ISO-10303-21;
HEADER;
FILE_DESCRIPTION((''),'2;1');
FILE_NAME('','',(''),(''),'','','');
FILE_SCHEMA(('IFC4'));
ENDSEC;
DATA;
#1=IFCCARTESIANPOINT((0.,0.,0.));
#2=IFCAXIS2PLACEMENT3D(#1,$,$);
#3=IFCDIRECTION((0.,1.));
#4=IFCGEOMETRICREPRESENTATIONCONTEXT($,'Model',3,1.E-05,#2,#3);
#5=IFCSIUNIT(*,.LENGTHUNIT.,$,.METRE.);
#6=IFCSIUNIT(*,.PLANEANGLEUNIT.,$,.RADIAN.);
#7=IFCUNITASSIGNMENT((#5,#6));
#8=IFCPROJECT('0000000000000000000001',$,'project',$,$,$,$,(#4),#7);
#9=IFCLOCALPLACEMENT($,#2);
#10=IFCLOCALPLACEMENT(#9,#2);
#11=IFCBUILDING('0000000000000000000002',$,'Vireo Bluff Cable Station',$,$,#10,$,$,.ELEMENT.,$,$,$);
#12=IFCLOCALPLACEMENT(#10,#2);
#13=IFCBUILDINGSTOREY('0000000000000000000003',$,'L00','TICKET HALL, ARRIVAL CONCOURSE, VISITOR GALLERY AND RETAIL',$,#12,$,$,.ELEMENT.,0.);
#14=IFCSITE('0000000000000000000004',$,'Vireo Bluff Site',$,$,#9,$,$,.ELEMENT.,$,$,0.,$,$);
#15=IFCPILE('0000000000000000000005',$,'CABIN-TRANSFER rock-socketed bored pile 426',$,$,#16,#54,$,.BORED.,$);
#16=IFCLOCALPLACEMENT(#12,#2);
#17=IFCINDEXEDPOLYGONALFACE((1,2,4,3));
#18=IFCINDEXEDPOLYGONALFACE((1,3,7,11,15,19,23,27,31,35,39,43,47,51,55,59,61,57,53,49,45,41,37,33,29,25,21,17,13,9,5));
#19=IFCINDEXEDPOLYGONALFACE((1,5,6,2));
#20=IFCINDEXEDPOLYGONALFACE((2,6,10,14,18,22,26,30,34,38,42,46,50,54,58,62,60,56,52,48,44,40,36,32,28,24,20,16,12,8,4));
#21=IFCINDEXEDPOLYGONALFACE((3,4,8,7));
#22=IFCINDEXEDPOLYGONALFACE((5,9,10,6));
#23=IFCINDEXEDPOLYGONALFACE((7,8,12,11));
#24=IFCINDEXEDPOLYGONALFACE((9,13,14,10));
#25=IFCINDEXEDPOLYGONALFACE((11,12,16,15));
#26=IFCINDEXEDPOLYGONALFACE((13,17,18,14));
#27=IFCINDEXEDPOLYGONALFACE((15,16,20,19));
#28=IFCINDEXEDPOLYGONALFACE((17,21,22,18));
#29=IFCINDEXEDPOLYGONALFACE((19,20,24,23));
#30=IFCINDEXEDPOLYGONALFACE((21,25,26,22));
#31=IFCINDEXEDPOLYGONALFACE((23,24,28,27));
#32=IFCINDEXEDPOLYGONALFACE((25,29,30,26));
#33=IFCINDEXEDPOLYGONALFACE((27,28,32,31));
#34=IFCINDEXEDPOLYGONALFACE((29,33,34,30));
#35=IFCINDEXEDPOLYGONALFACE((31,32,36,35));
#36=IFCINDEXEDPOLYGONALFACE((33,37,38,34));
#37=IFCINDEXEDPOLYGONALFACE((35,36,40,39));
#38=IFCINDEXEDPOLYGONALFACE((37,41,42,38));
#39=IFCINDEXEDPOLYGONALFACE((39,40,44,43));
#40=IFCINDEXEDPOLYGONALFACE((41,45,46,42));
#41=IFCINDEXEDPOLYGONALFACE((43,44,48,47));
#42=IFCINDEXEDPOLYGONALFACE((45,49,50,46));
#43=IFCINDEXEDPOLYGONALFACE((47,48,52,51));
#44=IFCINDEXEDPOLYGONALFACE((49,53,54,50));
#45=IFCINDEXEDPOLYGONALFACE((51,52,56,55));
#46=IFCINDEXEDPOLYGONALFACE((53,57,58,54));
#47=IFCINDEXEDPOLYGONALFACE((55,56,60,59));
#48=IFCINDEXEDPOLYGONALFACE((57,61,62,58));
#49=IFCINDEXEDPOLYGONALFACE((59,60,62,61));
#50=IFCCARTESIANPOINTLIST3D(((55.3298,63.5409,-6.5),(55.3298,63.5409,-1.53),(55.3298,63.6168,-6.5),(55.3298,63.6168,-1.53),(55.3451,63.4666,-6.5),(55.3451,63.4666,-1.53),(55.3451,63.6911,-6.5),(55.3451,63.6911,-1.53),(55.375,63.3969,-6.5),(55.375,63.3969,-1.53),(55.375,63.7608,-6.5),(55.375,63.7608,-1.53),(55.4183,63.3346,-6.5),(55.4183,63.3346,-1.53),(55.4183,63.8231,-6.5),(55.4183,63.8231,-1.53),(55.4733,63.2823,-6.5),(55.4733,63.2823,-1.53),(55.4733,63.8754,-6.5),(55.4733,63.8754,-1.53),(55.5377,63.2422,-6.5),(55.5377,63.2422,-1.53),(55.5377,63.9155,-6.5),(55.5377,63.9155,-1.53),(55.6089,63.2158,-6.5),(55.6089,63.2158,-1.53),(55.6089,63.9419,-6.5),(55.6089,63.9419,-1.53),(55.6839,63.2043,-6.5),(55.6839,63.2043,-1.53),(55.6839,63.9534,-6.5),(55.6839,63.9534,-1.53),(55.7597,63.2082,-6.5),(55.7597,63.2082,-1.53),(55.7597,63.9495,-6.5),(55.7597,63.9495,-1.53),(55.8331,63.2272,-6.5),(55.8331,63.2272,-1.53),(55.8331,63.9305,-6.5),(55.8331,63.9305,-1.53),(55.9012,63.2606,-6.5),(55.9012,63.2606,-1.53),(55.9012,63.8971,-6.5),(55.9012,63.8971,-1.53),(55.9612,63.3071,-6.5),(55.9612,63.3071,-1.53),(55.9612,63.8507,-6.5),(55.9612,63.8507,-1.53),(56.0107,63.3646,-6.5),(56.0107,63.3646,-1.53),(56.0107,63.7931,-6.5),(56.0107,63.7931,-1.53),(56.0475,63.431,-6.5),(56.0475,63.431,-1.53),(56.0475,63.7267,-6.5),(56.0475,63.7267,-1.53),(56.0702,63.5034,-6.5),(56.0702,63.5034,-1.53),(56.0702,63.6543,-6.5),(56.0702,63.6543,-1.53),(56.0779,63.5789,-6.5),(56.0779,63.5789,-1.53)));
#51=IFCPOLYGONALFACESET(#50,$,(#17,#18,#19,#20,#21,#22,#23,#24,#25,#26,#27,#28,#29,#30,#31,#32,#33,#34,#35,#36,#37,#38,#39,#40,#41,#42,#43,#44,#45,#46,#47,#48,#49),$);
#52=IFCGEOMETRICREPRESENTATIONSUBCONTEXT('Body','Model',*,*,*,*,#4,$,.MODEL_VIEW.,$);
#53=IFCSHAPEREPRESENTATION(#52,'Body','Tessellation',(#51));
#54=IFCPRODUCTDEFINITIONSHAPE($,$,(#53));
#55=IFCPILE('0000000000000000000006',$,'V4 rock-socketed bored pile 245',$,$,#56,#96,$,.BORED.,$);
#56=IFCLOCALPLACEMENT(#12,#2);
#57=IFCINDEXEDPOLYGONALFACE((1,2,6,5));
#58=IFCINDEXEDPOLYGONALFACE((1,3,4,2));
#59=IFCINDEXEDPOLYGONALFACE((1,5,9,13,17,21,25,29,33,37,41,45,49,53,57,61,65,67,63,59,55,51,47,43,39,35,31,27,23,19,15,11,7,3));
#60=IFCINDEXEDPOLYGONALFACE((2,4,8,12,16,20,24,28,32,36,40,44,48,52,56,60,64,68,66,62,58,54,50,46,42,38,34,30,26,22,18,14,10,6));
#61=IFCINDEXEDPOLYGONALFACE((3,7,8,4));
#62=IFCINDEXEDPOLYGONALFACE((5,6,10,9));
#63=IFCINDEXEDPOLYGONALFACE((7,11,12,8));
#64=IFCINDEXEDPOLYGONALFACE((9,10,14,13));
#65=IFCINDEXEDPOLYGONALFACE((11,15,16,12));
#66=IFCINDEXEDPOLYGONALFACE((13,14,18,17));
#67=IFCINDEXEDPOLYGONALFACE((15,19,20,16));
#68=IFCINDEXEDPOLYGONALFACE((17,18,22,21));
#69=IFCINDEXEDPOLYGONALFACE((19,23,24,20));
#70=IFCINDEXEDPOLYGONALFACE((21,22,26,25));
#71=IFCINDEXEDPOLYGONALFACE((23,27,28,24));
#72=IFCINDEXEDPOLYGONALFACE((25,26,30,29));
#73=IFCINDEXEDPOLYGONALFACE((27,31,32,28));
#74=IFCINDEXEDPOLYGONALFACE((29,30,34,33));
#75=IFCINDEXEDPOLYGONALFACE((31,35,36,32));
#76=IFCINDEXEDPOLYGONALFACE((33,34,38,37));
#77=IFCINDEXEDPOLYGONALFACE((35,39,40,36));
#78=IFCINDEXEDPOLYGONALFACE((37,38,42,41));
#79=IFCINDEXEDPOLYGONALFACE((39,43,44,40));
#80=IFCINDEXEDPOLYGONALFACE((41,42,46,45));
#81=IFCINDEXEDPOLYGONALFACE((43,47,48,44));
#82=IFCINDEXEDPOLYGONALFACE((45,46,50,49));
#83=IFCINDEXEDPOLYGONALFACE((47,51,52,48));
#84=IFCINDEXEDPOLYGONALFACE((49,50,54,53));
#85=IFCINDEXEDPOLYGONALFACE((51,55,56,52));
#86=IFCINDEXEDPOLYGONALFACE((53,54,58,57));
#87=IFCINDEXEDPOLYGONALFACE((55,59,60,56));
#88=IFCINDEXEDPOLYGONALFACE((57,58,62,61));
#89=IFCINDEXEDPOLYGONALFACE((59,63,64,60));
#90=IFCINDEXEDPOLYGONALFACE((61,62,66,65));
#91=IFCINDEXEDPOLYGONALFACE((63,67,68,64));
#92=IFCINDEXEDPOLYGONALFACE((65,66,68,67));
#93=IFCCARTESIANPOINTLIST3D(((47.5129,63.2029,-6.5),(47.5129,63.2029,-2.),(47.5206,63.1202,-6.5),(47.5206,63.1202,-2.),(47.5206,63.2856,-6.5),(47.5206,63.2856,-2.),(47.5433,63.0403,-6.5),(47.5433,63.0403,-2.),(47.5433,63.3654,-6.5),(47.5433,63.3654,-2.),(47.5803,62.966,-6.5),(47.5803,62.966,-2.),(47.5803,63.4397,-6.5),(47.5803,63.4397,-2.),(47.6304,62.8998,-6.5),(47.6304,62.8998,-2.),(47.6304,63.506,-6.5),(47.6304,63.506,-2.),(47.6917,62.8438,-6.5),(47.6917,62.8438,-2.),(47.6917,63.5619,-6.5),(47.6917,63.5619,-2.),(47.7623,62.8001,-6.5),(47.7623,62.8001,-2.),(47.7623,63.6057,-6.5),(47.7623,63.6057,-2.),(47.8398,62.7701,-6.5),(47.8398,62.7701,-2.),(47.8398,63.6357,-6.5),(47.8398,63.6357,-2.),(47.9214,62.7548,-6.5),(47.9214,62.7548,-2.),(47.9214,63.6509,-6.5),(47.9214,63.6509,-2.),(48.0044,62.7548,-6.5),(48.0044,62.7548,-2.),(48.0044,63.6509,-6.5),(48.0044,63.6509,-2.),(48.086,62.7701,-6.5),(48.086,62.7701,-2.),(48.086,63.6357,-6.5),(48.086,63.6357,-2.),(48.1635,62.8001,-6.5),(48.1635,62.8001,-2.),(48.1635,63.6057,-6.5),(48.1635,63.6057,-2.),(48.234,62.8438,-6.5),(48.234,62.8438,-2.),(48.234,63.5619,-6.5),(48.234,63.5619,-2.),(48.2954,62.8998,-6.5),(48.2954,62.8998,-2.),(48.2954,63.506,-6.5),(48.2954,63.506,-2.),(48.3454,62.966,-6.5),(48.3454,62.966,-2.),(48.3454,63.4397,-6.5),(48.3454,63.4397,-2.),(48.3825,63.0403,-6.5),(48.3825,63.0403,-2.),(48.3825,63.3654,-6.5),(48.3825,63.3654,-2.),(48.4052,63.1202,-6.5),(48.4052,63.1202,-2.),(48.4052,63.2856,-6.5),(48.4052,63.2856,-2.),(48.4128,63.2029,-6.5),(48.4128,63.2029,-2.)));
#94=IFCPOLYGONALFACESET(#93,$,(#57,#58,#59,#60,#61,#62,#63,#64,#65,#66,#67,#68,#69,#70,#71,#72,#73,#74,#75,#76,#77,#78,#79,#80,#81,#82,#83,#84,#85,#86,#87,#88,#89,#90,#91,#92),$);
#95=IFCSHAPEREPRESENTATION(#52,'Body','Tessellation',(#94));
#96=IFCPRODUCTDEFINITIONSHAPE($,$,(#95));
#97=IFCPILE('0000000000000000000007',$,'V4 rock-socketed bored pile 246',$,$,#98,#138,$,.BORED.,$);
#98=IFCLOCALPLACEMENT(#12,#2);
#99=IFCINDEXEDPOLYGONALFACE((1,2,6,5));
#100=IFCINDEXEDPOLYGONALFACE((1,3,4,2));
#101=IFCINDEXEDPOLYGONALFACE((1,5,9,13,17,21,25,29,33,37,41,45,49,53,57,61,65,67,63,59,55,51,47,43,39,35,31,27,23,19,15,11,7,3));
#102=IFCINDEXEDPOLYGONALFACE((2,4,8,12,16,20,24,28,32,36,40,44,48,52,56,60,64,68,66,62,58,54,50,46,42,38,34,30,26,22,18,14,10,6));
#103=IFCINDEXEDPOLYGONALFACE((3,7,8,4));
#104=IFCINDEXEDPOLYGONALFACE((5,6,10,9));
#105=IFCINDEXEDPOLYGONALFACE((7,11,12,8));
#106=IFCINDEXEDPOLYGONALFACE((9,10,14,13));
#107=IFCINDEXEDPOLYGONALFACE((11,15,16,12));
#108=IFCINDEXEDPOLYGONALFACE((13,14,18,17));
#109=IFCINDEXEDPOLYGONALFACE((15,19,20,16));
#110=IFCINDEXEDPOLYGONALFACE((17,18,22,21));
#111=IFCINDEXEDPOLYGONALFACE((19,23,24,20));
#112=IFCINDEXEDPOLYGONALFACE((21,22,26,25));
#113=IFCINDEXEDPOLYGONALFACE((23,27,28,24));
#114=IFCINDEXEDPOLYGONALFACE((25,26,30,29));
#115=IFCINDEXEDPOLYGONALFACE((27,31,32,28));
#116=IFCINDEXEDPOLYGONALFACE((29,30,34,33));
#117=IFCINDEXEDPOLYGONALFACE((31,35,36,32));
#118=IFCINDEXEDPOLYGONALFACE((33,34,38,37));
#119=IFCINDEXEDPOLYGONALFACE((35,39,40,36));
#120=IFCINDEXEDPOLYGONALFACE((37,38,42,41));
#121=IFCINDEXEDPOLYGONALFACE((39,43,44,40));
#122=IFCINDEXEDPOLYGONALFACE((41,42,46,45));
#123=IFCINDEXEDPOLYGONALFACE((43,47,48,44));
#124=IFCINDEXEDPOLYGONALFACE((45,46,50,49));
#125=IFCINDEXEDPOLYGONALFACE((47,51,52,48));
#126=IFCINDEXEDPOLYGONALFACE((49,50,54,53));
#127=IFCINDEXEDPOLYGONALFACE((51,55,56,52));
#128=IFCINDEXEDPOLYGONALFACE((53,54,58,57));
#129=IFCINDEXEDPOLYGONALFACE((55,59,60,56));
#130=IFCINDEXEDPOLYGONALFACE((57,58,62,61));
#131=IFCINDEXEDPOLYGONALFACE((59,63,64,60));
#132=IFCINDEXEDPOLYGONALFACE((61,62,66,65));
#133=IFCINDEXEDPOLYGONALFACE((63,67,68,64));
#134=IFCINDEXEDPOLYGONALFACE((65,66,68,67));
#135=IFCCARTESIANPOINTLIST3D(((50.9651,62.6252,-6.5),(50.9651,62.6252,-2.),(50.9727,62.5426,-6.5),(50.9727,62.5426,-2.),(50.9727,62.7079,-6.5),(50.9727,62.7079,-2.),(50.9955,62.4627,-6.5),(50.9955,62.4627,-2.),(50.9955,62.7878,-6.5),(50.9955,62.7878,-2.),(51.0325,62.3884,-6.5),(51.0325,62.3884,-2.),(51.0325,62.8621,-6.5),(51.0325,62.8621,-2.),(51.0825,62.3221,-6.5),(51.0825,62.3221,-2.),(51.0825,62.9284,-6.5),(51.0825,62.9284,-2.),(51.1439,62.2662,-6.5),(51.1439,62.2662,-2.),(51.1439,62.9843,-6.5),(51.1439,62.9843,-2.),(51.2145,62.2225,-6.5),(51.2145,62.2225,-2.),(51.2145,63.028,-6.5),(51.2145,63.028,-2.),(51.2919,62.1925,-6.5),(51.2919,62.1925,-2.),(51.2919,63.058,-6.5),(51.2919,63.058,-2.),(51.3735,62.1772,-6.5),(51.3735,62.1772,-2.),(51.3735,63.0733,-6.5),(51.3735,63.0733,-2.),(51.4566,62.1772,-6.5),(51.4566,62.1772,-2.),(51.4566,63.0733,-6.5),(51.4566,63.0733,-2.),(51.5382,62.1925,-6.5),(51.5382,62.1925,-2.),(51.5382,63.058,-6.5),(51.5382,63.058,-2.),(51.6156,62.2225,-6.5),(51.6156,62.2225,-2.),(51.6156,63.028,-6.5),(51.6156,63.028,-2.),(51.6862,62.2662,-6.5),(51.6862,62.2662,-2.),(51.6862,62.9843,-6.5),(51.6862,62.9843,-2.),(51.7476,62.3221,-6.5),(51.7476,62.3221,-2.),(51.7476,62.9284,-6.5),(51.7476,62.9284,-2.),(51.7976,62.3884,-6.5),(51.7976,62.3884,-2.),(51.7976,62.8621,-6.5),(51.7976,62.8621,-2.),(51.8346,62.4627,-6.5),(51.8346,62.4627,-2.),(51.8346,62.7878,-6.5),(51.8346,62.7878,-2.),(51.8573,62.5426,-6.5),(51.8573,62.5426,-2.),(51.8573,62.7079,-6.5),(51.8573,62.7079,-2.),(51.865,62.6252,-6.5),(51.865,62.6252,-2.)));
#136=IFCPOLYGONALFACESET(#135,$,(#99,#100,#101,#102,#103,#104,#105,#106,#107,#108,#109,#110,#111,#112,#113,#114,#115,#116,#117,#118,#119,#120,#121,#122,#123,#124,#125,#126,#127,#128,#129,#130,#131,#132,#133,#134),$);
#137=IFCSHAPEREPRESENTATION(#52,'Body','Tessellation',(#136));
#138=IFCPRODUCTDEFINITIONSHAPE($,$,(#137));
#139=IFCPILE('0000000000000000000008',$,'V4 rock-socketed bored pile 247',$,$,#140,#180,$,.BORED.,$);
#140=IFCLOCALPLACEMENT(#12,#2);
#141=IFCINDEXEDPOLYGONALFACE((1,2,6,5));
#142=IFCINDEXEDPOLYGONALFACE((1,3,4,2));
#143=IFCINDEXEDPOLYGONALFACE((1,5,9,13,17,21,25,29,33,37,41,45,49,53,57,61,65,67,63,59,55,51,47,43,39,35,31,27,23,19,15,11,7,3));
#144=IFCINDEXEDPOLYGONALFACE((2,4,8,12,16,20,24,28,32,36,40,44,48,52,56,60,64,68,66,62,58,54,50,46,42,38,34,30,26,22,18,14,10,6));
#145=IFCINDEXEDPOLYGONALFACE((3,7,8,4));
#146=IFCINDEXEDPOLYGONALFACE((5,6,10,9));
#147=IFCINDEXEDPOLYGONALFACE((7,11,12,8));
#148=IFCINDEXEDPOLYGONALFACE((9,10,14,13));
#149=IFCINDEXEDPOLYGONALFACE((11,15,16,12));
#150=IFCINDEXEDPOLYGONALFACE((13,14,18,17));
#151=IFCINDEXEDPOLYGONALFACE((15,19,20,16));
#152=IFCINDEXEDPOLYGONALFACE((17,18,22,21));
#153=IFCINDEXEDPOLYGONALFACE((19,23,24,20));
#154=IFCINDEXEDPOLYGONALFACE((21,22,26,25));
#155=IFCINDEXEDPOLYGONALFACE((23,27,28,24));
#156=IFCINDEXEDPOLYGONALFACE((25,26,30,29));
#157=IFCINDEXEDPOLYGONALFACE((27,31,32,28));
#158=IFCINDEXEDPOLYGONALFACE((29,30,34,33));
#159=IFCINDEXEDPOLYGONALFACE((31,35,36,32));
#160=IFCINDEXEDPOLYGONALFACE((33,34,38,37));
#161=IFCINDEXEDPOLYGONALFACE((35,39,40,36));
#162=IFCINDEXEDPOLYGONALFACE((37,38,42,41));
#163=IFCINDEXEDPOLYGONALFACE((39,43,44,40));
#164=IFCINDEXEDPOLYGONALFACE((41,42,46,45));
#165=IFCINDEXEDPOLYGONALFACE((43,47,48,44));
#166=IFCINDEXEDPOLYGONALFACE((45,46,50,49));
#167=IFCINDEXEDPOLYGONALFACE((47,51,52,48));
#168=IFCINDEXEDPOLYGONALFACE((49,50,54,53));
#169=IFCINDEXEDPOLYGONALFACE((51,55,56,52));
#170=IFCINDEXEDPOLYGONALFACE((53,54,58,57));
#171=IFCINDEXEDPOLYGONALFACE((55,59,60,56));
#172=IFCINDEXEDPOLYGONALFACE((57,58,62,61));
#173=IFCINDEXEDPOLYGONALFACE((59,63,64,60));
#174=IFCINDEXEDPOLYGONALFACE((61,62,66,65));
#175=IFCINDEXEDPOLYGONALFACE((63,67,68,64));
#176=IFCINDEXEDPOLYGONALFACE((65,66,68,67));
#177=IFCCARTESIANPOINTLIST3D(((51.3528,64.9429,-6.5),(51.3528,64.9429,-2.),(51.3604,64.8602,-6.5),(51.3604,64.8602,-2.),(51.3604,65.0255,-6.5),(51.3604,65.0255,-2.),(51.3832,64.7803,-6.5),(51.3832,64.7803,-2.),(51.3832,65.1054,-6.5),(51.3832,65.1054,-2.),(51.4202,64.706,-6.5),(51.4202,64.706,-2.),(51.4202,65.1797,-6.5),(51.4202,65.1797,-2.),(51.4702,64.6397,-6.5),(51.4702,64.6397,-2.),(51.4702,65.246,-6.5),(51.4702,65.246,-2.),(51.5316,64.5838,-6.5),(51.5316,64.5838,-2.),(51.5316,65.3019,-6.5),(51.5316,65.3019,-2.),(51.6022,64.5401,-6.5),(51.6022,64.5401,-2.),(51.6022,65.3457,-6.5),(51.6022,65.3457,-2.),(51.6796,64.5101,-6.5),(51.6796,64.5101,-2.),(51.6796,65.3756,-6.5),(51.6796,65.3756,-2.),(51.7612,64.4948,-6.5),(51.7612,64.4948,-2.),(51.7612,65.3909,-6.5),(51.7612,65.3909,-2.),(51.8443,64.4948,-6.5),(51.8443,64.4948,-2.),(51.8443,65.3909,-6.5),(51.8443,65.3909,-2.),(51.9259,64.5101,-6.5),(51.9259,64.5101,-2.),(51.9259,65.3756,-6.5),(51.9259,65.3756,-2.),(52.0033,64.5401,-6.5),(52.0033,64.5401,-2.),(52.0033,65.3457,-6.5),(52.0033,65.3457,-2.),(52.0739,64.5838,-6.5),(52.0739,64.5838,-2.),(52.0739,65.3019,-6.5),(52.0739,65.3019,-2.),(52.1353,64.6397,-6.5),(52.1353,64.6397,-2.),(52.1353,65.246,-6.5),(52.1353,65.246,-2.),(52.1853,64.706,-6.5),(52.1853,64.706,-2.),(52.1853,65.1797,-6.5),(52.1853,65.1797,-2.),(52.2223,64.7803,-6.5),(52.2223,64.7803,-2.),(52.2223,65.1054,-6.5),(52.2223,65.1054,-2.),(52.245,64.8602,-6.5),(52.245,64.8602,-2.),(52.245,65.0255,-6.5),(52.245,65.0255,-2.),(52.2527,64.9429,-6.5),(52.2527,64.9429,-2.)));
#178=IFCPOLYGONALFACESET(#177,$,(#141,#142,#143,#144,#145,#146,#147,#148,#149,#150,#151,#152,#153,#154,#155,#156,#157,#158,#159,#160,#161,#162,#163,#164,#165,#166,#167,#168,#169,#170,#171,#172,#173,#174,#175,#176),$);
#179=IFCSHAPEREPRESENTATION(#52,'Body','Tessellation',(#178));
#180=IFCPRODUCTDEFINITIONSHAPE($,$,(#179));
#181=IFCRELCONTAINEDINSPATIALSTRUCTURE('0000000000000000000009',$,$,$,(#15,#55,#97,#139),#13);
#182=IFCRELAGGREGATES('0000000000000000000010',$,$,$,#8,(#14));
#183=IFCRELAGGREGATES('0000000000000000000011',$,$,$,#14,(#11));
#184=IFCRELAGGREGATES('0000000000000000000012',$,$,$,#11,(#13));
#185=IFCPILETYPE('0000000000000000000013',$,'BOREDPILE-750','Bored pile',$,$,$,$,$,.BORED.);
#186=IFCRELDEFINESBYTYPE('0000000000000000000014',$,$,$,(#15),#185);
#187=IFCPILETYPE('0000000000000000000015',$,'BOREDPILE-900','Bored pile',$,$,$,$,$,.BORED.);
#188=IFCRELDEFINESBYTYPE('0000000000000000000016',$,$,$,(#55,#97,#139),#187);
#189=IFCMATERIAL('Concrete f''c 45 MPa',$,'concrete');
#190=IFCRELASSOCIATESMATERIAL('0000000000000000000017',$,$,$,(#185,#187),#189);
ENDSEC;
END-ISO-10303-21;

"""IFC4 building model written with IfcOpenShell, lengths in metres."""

from ifc_helpers import new_model, si_unit, direction, frame, origin, origin_2d, place, context, subcontext, project, spatial, circle, extrude, material, material_profile, profile_set, type_object, element, save


model = new_model("IFC4")

# Units and contexts
model_context = context("Model", 3, precision=1e-05, world=origin(), true_north=direction((0.0, 1.0)))
body_context = subcontext(model_context, "Body", "Model", "MODEL_VIEW")
ifc_project = project(units=[si_unit("LENGTHUNIT", "METRE"), si_unit("PLANEANGLEUNIT", "RADIAN")], contexts=[model_context])

# Site, building, storey
site_placement = place(None, origin())
site = spatial("IfcSite", under=ifc_project, at=site_placement, Name="Vireo Bluff Site", CompositionType="ELEMENT", RefElevation=0.0)
building_placement = place(site_placement, origin())
building = spatial("IfcBuilding", under=site, at=building_placement, Name="Vireo Bluff Cable Station", CompositionType="ELEMENT")
storey_placement = place(building_placement, origin())
storey = spatial("IfcBuildingStorey", under=building, at=storey_placement, Name="L00", Description="TICKET HALL, ARRIVAL CONCOURSE, VISITOR GALLERY AND RETAIL", CompositionType="ELEMENT", Elevation=0.0)

# Piles
ifc_material_1 = material(Name="Concrete f'c 45 MPa", Category="concrete")
ifc_material_profile_1 = material_profile(ifc_material_1, circle(Radius=0.375, at=origin_2d()), Name="BOREDPILE-750")
ifc_profile_set_1 = profile_set([ifc_material_profile_1], Name="Concrete f'c 45 MPa")
pile_type_1 = type_object("IfcPileType", Name="BOREDPILE-750", Description="Bored pile", PredefinedType="BORED", material=ifc_profile_set_1)
for number, where, z_axis, x_axis, name in (
    (1, (55.7029, 63.5789, -1.53), (0.0, 0.0, -1.0), (1.0, 0.0, 0.0), "CABIN-TRANSFER rock-socketed bored pile 426"),
):
    element("IfcPile", number, at=place(storey_placement, frame(where, z_axis=z_axis, x_axis=x_axis)), inside=storey, type_object=pile_type_1, Name=name, PredefinedType="BORED", context=body_context, shape_type="SweptSolid", body=[
        extrude(circle(Radius=0.375, at=origin_2d()), origin(), (0.0, 0.0, 1.0), 4.97),
    ])
ifc_material_profile_2 = material_profile(ifc_material_1, circle(Radius=0.45, at=origin_2d()), Name="BOREDPILE-900")
ifc_profile_set_2 = profile_set([ifc_material_profile_2], Name="Concrete f'c 45 MPa")
pile_type_2 = type_object("IfcPileType", Name="BOREDPILE-900", Description="Bored pile", PredefinedType="BORED", material=ifc_profile_set_2)
for number, where, z_axis, x_axis, name in (
    (2, (47.9629, 63.2029, -2.0), (0.0, 0.0, -1.0), (1.0, 0.0, 0.0), "V4 rock-socketed bored pile 245"),
    (3, (51.415, 62.6252, -2.0), (0.0, 0.0, -1.0), (1.0, 0.0, 0.0), "V4 rock-socketed bored pile 246"),
    (4, (51.8027, 64.9429, -2.0), (0.0, 0.0, -1.0), (1.0, 0.0, 0.0), "V4 rock-socketed bored pile 247"),
):
    element("IfcPile", number, at=place(storey_placement, frame(where, z_axis=z_axis, x_axis=x_axis)), inside=storey, type_object=pile_type_2, Name=name, PredefinedType="BORED", context=body_context, shape_type="SweptSolid", body=[
        extrude(circle(Radius=0.45, at=origin_2d()), origin(), (0.0, 0.0, 1.0), 4.5),
    ])

save(model, "model.ifc")
